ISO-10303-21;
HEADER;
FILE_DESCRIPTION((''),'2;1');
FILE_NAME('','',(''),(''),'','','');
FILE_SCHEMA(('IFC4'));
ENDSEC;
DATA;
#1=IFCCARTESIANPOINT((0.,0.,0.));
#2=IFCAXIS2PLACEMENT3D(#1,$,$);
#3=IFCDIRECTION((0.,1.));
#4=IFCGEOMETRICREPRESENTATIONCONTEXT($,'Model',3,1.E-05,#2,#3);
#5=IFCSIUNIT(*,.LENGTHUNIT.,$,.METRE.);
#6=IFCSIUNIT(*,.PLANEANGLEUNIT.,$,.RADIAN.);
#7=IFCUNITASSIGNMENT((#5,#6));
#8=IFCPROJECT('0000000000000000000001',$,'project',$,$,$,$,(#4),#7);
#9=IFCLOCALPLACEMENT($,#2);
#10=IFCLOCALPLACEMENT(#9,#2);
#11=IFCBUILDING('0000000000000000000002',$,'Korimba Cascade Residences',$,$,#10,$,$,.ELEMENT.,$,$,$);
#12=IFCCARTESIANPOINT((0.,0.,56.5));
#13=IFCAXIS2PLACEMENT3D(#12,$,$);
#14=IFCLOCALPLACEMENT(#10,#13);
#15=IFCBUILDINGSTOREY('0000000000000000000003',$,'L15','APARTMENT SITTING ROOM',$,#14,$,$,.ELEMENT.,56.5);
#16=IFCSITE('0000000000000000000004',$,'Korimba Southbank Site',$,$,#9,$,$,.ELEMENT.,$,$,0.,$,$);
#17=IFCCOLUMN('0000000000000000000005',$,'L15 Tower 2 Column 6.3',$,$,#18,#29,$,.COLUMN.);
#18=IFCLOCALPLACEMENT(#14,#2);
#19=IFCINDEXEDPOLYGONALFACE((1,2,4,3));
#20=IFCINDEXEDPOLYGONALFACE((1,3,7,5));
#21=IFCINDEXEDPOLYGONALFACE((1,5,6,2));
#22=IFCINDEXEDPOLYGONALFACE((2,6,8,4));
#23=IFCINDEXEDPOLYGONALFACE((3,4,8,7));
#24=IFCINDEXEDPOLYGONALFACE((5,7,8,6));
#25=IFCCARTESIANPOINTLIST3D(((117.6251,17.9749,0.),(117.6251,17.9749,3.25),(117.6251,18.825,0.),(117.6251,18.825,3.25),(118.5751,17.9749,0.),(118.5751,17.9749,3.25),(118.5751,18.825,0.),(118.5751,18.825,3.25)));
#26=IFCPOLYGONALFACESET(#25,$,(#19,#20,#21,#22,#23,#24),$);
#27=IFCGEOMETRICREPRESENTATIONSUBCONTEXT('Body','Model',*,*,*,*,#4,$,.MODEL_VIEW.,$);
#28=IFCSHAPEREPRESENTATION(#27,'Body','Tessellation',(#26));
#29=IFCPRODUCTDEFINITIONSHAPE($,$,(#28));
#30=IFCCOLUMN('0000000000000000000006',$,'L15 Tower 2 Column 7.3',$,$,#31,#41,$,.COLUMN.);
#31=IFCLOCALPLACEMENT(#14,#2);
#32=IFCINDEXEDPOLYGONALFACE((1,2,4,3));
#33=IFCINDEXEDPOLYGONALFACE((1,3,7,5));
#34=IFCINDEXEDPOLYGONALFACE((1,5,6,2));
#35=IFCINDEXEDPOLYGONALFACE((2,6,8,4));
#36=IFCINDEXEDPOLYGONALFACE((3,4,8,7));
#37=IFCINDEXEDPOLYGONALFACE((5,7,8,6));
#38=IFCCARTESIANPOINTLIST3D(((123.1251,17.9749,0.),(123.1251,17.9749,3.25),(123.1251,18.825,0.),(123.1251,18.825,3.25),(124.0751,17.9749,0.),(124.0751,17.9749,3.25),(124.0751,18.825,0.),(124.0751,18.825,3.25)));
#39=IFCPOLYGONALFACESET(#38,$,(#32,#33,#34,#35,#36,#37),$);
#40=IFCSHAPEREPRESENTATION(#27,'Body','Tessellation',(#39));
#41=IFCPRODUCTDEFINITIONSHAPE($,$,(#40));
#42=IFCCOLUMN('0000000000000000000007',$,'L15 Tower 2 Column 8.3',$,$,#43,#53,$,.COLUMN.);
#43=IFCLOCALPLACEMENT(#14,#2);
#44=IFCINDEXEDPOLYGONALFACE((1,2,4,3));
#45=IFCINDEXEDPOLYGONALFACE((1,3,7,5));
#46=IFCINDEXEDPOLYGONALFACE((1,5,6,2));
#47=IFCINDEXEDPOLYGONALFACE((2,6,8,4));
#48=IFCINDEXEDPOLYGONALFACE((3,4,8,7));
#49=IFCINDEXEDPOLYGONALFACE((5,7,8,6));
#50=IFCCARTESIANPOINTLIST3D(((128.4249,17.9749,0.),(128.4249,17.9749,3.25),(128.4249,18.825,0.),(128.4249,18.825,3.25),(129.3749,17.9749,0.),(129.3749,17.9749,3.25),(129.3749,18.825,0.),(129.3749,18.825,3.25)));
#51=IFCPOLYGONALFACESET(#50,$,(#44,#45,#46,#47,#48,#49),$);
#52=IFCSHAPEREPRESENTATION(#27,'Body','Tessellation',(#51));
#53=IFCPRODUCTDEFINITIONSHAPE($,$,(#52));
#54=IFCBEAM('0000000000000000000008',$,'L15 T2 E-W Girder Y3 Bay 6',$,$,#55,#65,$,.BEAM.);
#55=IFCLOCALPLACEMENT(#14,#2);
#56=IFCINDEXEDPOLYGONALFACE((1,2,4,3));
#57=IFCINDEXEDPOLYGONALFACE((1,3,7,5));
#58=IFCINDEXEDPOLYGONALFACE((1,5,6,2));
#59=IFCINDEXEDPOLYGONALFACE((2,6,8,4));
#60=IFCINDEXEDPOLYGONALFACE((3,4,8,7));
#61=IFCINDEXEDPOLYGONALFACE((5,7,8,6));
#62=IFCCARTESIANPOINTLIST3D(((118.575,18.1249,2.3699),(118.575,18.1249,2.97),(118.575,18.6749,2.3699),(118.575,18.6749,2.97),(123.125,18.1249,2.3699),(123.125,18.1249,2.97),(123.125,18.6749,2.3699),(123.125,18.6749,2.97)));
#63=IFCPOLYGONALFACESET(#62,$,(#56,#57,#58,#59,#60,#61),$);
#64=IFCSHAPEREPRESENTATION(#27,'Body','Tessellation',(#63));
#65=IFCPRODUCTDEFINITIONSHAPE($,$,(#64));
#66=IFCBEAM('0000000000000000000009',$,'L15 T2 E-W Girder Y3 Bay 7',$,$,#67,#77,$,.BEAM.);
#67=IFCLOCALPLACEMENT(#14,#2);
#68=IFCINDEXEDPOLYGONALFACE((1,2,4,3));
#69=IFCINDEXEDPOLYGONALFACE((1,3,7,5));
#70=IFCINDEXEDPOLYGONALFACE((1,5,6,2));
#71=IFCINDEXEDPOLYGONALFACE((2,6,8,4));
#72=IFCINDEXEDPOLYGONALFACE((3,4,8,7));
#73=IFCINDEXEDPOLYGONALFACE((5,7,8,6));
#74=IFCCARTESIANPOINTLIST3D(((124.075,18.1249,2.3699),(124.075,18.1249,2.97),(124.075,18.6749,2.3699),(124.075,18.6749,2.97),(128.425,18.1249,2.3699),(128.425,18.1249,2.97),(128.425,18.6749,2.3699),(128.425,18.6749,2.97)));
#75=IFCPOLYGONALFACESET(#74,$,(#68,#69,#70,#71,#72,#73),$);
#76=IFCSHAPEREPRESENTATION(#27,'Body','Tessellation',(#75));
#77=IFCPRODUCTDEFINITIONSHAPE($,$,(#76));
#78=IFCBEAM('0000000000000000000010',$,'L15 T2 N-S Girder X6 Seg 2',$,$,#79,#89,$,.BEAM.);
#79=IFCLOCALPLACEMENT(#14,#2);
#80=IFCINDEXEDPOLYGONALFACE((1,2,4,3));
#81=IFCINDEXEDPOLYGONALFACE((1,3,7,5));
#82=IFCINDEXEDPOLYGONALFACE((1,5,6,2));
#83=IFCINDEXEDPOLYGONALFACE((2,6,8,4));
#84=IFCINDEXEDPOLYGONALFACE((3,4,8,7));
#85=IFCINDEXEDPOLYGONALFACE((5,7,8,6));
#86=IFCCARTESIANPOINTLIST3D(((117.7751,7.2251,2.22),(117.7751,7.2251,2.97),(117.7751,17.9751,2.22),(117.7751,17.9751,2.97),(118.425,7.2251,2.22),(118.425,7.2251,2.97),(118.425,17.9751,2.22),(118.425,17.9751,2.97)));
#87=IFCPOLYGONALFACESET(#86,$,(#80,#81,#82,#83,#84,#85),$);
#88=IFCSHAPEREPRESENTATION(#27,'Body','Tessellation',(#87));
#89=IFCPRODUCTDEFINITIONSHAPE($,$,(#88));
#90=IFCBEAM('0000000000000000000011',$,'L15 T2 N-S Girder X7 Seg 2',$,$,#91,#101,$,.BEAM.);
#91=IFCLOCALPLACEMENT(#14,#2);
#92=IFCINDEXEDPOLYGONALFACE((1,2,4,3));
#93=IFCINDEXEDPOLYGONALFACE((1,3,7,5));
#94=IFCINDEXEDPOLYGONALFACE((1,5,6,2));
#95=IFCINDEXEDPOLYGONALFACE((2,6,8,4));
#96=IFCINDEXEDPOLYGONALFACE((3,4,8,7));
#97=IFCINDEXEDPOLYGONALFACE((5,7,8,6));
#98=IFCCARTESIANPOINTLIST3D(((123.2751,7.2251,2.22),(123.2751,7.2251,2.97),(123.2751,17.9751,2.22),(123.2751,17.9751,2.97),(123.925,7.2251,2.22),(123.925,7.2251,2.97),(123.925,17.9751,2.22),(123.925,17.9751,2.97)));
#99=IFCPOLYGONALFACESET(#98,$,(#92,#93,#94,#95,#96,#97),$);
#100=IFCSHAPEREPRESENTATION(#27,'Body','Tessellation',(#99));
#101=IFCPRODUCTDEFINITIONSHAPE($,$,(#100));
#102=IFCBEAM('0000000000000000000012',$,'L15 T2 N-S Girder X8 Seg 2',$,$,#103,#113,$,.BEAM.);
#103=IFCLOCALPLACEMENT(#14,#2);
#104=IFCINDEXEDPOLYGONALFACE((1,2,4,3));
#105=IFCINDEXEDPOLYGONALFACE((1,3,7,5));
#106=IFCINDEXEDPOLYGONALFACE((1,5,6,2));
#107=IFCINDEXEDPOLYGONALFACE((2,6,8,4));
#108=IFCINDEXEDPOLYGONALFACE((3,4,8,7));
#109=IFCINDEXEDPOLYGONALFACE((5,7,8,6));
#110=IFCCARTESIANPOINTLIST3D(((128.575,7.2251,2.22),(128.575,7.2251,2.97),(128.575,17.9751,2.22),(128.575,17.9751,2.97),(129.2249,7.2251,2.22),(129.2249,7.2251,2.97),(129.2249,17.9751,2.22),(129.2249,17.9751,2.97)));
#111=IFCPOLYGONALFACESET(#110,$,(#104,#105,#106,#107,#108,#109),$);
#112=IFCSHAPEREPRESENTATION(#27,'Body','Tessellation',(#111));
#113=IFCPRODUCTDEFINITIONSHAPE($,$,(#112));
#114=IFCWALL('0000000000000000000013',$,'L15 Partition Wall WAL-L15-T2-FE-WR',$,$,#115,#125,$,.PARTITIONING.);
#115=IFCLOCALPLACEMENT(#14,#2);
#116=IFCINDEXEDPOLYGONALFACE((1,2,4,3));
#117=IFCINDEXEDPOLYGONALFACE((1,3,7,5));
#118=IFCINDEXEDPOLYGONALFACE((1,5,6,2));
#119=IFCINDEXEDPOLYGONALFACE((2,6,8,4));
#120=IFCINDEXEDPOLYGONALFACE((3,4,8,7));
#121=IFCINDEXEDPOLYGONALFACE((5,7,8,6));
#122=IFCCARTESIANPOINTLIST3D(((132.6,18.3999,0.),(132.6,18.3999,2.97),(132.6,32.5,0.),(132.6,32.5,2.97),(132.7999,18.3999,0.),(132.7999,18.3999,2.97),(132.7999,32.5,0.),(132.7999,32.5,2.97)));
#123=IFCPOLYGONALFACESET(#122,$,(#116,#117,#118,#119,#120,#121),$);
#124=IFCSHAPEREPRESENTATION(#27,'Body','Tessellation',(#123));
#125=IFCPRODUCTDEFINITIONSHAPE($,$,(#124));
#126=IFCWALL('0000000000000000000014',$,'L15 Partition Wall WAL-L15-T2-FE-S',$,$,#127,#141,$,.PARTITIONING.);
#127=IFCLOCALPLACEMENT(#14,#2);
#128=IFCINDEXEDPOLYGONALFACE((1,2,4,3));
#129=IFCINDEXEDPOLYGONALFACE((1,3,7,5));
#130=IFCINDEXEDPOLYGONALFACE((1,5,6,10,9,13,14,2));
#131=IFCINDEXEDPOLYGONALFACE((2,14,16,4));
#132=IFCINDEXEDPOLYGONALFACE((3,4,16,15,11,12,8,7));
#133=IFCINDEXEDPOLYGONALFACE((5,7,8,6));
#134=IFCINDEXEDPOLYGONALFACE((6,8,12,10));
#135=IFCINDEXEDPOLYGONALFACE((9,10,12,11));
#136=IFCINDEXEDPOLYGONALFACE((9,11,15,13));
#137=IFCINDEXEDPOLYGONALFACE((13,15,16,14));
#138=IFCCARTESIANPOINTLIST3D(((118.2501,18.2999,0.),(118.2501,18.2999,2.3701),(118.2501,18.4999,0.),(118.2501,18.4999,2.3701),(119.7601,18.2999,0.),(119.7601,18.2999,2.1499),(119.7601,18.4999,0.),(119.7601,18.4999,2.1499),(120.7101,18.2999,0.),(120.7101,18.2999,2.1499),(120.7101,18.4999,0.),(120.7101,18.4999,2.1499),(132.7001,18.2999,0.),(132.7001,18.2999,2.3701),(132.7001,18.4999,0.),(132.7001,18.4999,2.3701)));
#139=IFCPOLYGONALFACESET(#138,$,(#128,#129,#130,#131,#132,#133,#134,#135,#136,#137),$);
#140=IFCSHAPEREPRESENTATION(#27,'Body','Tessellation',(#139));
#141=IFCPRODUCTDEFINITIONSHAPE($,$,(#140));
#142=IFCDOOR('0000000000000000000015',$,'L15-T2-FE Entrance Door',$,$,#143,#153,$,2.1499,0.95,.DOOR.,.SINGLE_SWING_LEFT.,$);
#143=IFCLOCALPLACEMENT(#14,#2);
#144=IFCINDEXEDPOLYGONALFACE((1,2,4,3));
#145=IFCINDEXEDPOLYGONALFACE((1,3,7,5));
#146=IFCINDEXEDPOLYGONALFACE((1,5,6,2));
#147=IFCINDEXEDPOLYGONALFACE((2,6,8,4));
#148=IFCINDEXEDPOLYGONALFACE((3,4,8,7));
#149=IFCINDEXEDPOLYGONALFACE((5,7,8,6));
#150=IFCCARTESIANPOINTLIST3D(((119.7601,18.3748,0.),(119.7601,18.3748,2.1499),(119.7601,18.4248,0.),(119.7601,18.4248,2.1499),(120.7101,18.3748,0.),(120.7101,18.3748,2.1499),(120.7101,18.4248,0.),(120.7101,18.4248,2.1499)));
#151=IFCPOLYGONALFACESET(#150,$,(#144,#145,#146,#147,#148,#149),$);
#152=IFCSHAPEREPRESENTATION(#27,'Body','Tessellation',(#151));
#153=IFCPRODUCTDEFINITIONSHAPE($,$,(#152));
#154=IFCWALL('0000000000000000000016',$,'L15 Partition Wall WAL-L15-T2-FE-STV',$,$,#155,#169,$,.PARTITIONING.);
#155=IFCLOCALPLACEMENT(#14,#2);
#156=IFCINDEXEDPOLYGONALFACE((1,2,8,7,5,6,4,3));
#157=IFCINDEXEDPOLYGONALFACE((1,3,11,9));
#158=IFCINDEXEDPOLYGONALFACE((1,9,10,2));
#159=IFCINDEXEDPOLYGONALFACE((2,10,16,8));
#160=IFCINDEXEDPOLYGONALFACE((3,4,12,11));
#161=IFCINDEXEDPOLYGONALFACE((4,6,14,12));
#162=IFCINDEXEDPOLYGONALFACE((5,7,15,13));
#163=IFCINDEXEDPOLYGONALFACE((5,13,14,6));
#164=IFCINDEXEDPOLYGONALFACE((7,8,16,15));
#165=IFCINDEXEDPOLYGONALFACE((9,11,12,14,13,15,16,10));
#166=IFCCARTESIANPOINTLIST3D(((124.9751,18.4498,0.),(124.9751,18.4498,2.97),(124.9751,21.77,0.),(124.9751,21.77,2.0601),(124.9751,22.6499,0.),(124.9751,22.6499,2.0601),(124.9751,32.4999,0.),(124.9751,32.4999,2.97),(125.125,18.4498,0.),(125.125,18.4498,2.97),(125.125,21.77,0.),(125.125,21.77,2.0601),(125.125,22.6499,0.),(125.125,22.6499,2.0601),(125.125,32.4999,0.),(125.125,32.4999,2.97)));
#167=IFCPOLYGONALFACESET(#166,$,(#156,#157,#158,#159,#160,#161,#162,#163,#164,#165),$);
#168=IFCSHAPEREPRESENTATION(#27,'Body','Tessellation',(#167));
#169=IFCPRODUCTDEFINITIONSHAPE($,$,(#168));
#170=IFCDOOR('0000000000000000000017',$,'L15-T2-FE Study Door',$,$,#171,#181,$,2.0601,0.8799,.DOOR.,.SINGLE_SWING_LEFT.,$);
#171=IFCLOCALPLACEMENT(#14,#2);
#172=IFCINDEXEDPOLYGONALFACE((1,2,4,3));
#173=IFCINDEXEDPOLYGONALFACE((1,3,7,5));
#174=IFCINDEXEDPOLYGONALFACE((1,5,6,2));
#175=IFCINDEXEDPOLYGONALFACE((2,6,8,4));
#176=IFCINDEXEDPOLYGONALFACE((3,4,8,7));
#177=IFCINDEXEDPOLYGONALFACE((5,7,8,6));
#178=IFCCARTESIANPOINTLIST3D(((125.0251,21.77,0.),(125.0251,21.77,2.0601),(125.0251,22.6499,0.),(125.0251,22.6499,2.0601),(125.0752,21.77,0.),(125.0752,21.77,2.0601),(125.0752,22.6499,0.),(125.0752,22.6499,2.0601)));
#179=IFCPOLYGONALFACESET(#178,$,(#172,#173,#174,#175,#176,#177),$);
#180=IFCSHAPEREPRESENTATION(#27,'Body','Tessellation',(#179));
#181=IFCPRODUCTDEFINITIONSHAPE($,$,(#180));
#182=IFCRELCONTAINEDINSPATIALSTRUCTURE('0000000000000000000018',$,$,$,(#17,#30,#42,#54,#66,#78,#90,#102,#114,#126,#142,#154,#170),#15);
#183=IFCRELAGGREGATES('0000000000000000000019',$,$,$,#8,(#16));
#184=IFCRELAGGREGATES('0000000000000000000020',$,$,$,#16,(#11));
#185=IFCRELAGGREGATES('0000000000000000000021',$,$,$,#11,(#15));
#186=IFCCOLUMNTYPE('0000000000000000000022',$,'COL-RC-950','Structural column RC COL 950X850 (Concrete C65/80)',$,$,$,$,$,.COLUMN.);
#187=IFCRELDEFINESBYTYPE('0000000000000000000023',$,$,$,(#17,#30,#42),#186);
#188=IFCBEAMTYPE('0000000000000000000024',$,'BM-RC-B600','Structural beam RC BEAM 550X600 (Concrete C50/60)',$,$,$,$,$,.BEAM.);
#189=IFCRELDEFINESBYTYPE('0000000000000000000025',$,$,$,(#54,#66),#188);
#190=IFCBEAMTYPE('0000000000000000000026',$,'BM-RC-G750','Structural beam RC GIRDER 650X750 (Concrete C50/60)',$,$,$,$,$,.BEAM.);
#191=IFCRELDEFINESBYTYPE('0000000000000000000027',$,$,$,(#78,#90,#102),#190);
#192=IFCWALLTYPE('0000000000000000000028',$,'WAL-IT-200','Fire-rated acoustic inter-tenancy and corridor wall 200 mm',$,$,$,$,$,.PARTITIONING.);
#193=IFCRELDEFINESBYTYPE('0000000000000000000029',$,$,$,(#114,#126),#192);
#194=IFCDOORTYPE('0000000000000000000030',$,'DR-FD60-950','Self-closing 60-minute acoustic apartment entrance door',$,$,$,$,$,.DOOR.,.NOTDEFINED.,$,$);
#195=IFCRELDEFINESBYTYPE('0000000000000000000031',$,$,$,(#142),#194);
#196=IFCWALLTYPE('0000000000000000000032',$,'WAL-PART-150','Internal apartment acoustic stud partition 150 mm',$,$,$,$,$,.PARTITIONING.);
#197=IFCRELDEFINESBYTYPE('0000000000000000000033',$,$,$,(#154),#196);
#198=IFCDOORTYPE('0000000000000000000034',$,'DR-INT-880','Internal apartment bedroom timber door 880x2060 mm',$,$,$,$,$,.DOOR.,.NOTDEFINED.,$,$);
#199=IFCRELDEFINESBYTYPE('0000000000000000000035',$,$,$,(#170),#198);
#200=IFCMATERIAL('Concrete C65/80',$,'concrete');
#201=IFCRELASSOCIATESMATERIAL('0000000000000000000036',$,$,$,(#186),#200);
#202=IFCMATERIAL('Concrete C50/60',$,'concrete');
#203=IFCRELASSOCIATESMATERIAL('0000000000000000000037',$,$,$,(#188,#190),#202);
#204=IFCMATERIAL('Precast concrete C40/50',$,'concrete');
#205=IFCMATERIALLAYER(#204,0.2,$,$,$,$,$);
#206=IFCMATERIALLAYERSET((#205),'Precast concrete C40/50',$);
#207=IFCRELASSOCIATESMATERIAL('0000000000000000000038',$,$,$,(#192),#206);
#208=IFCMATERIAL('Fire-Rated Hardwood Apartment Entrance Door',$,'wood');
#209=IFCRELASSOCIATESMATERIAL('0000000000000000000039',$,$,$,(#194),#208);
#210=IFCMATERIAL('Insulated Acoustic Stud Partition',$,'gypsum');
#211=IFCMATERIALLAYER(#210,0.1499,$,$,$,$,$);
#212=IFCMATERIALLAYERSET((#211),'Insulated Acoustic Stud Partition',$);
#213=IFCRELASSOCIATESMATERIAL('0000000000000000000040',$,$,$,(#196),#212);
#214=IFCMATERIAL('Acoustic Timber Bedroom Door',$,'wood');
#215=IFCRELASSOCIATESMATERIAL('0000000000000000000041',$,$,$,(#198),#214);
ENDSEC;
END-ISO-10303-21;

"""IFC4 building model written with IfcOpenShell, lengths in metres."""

from ifc_helpers import new_model, si_unit, direction, frame, frame_2d, origin, origin_2d, place, context, subcontext, project, spatial, rectangle, extrude, material, layer, layer_set, material_profile, profile_set, type_object, element, fill, save


model = new_model("IFC4")

# Units and contexts
model_context = context("Model", 3, precision=1e-05, world=origin(), true_north=direction((0.0, 1.0)))
body_context = subcontext(model_context, "Body", "Model", "MODEL_VIEW")
ifc_project = project(units=[si_unit("LENGTHUNIT", "METRE"), si_unit("PLANEANGLEUNIT", "RADIAN")], contexts=[model_context])

# Site, building, storey
site_placement = place(None, origin())
site = spatial("IfcSite", under=ifc_project, at=site_placement, Name="Korimba Southbank Site", CompositionType="ELEMENT", RefElevation=0.0)
building_placement = place(site_placement, origin())
building = spatial("IfcBuilding", under=site, at=building_placement, Name="Korimba Cascade Residences", CompositionType="ELEMENT")
storey_placement = place(building_placement, frame((0.0, 0.0, 56.5)))
storey = spatial("IfcBuildingStorey", under=building, at=storey_placement, Name="L15", Description="APARTMENT SITTING ROOM", CompositionType="ELEMENT", Elevation=56.5)

# Columns
ifc_material_1 = material(Name="Concrete C65/80", Category="concrete")
ifc_material_profile_1 = material_profile(ifc_material_1, rectangle(XDim=0.95, YDim=0.8501, at=origin_2d()), Name="Concrete C65/80")
ifc_profile_set_1 = profile_set([ifc_material_profile_1], Name="Concrete C65/80")
column_type = type_object("IfcColumnType", Name="COL-RC-950", Description="Structural column RC COL 950X850 (Concrete C65/80)", PredefinedType="COLUMN", material=ifc_profile_set_1)
for number, where, z_axis, x_axis, name in (
    (1, (118.1001, 18.3999, 0.0), (0.0, 0.0, 1.0), (1.0, 0.0, 0.0), "L15 Tower 2 Column 6.3"),
    (2, (123.6001, 18.3999, 0.0), (0.0, 0.0, 1.0), (1.0, 0.0, 0.0), "L15 Tower 2 Column 7.3"),
    (3, (128.8999, 18.3999, 0.0), (0.0, 0.0, 1.0), (1.0, 0.0, 0.0), "L15 Tower 2 Column 8.3"),
):
    element("IfcColumn", number, at=place(storey_placement, frame(where, z_axis=z_axis, x_axis=x_axis)), inside=storey, type_object=column_type, Name=name, PredefinedType="COLUMN", context=body_context, shape_type="SweptSolid", body=[
        extrude(rectangle(XDim=0.95, YDim=0.8501, at=origin_2d()), origin(), (0.0, 0.0, 1.0), 3.25),
    ])

# Beams
ifc_material_2 = material(Name="Concrete C50/60", Category="concrete")
ifc_material_profile_2 = material_profile(ifc_material_2, rectangle(XDim=0.55, YDim=0.6001, at=origin_2d()), Name="Concrete C50/60")
ifc_profile_set_2 = profile_set([ifc_material_profile_2], Name="Concrete C50/60")
beam_type_1 = type_object("IfcBeamType", Name="BM-RC-B600", Description="Structural beam RC BEAM 550X600 (Concrete C50/60)", PredefinedType="BEAM", material=ifc_profile_set_2)
beam_1_placement = place(storey_placement, frame((118.575, 18.3999, 2.6699), z_axis=(1.0, 0.0, 0.0), x_axis=(0.0, 1.0, 0.0)))
element("IfcBeam", 4, at=beam_1_placement, inside=storey, type_object=beam_type_1, Name="L15 T2 E-W Girder Y3 Bay 6", PredefinedType="BEAM", context=body_context, shape_type="SweptSolid", body=[
    extrude(rectangle(XDim=0.55, YDim=0.6001, at=origin_2d()), origin(), (0.0, 0.0, 1.0), 4.55),
])
beam_2_placement = place(storey_placement, frame((124.075, 18.3999, 2.6699), z_axis=(1.0, 0.0, 0.0), x_axis=(0.0, 1.0, 0.0)))
element("IfcBeam", 5, at=beam_2_placement, inside=storey, type_object=beam_type_1, Name="L15 T2 E-W Girder Y3 Bay 7", PredefinedType="BEAM", context=body_context, shape_type="SweptSolid", body=[
    extrude(rectangle(XDim=0.55, YDim=0.6001, at=origin_2d()), origin(), (0.0, 0.0, 1.0), 4.3501),
])
ifc_material_profile_3 = material_profile(ifc_material_2, rectangle(XDim=0.6499, YDim=0.75, at=origin_2d()), Name="Concrete C50/60")
ifc_profile_set_3 = profile_set([ifc_material_profile_3], Name="Concrete C50/60")
beam_type_2 = type_object("IfcBeamType", Name="BM-RC-G750", Description="Structural beam RC GIRDER 650X750 (Concrete C50/60)", PredefinedType="BEAM", material=ifc_profile_set_3)
for number, where, z_axis, x_axis, name in (
    (6, (118.1001, 7.2251, 2.595), (0.0, 1.0, 0.0), (-1.0, 0.0, 0.0), "L15 T2 N-S Girder X6 Seg 2"),
    (7, (123.6001, 7.2251, 2.595), (0.0, 1.0, 0.0), (-1.0, 0.0, 0.0), "L15 T2 N-S Girder X7 Seg 2"),
    (8, (128.8999, 7.2251, 2.595), (0.0, 1.0, 0.0), (-1.0, 0.0, 0.0), "L15 T2 N-S Girder X8 Seg 2"),
):
    element("IfcBeam", number, at=place(storey_placement, frame(where, z_axis=z_axis, x_axis=x_axis)), inside=storey, type_object=beam_type_2, Name=name, PredefinedType="BEAM", context=body_context, shape_type="SweptSolid", body=[
        extrude(rectangle(XDim=0.6499, YDim=0.75, at=origin_2d()), origin(), (0.0, 0.0, 1.0), 10.75),
    ])

# Wall
ifc_material_3 = material(Name="Precast concrete C40/50", Category="concrete")
ifc_layer_1 = layer(ifc_material_3, 0.2)
ifc_layer_set_1 = layer_set([ifc_layer_1], Name="Precast concrete C40/50")
wall_type_1 = type_object("IfcWallType", Name="WAL-IT-200", Description="Fire-rated acoustic inter-tenancy and corridor wall 200 mm", PredefinedType="PARTITIONING", material=ifc_layer_set_1)
wall_1_placement = place(storey_placement, frame((132.7, 18.3999, 0.0), z_axis=(0.0, 0.0, 1.0), x_axis=(0.0, 1.0, 0.0)))
element("IfcWall", 9, at=wall_1_placement, inside=storey, type_object=wall_type_1, Name="L15 Partition Wall WAL-L15-T2-FE-WR", PredefinedType="PARTITIONING", context=body_context, shape_type="SweptSolid", body=[
    extrude(rectangle(XDim=14.1001, YDim=0.2, at=frame_2d((7.05, 0.0))), origin(), (0.0, 0.0, 1.0), 2.97),
])

# Walls, openings, doors
wall_2_placement = place(storey_placement, frame((118.25, 18.3999, 0.0), z_axis=(0.0, 0.0, 1.0), x_axis=(1.0, 0.0, 0.0)))
wall_2 = element("IfcWall", 10, at=wall_2_placement, inside=storey, type_object=wall_type_1, Name="L15 Partition Wall WAL-L15-T2-FE-S", PredefinedType="PARTITIONING", context=body_context, shape_type="SweptSolid", body=[
    extrude(rectangle(XDim=14.45, YDim=0.2, at=frame_2d((7.2251, 0.0))), origin(), (0.0, 0.0, 1.0), 2.3701),
])
opening_1_placement = place(wall_2_placement, frame((1.51, 0.0, 0.0)))
opening_1 = element("IfcOpeningElement", 11, at=opening_1_placement, cuts=wall_2, PredefinedType="OPENING", context=body_context, shape_type="SweptSolid", body=[
    extrude(rectangle(XDim=0.95, YDim=2.1499, at=frame_2d((0.4751, 1.075))), frame((0.0, 0.1099, 0.0), z_axis=(0.0, -1.0, 0.0), x_axis=(1.0, 0.0, 0.0)), (0.0, 0.0, 1.0), 0.22),
])
ifc_material_4 = material(Name="Fire-Rated Hardwood Apartment Entrance Door", Category="wood")
door_type_1 = type_object("IfcDoorType", Name="DR-FD60-950", Description="Self-closing 60-minute acoustic apartment entrance door", OperationType="NOTDEFINED", PredefinedType="DOOR", material=ifc_material_4)
door_1_placement = place(opening_1_placement, origin())
door_1 = element("IfcDoor", 12, at=door_1_placement, inside=storey, type_object=door_type_1, Name="L15-T2-FE Entrance Door", OperationType="SINGLE_SWING_LEFT", OverallHeight=2.1499, OverallWidth=0.95, PredefinedType="DOOR", context=body_context, shape_type="SweptSolid", body=[
    extrude(rectangle(XDim=0.95, YDim=2.1499, at=frame_2d((0.4751, 1.075))), frame((0.0, 0.0249, 0.0), z_axis=(0.0, -1.0, 0.0), x_axis=(1.0, 0.0, 0.0)), (0.0, 0.0, 1.0), 0.05),
])
fill(opening_1, door_1)
ifc_material_5 = material(Name="Insulated Acoustic Stud Partition", Category="gypsum")
ifc_layer_2 = layer(ifc_material_5, 0.1499)
ifc_layer_set_2 = layer_set([ifc_layer_2], Name="Insulated Acoustic Stud Partition")
wall_type_2 = type_object("IfcWallType", Name="WAL-PART-150", Description="Internal apartment acoustic stud partition 150 mm", PredefinedType="PARTITIONING", material=ifc_layer_set_2)
wall_3_placement = place(storey_placement, frame((125.05, 18.45, 0.0), z_axis=(0.0, 0.0, 1.0), x_axis=(0.0, 1.0, 0.0)))
wall_3 = element("IfcWall", 13, at=wall_3_placement, inside=storey, type_object=wall_type_2, Name="L15 Partition Wall WAL-L15-T2-FE-STV", PredefinedType="PARTITIONING", context=body_context, shape_type="SweptSolid", body=[
    extrude(rectangle(XDim=14.05, YDim=0.1499, at=frame_2d((7.0249, 0.0))), origin(), (0.0, 0.0, 1.0), 2.97),
])
opening_2_placement = place(wall_3_placement, frame((3.3201, 0.0, 0.0)))
opening_2 = element("IfcOpeningElement", 14, at=opening_2_placement, cuts=wall_3, PredefinedType="OPENING", context=body_context, shape_type="SweptSolid", body=[
    extrude(rectangle(XDim=0.8799, YDim=2.0601, at=frame_2d((0.4399, 1.03))), frame((0.0, 0.085, 0.0), z_axis=(0.0, -1.0, 0.0), x_axis=(1.0, 0.0, 0.0)), (0.0, 0.0, 1.0), 0.1699),
])
ifc_material_6 = material(Name="Acoustic Timber Bedroom Door", Category="wood")
door_type_2 = type_object("IfcDoorType", Name="DR-INT-880", Description="Internal apartment bedroom timber door 880x2060 mm", OperationType="NOTDEFINED", PredefinedType="DOOR", material=ifc_material_6)
door_2_placement = place(opening_2_placement, origin())
door_2 = element("IfcDoor", 15, at=door_2_placement, inside=storey, type_object=door_type_2, Name="L15-T2-FE Study Door", OperationType="SINGLE_SWING_LEFT", OverallHeight=2.0601, OverallWidth=0.8799, PredefinedType="DOOR", context=body_context, shape_type="SweptSolid", body=[
    extrude(rectangle(XDim=0.8799, YDim=2.0601, at=frame_2d((0.4399, 1.03))), frame((0.0, 0.0249, 0.0), z_axis=(0.0, -1.0, 0.0), x_axis=(1.0, 0.0, 0.0)), (0.0, 0.0, 1.0), 0.05),
])
fill(opening_2, door_2)

save(model, "model.ifc")
